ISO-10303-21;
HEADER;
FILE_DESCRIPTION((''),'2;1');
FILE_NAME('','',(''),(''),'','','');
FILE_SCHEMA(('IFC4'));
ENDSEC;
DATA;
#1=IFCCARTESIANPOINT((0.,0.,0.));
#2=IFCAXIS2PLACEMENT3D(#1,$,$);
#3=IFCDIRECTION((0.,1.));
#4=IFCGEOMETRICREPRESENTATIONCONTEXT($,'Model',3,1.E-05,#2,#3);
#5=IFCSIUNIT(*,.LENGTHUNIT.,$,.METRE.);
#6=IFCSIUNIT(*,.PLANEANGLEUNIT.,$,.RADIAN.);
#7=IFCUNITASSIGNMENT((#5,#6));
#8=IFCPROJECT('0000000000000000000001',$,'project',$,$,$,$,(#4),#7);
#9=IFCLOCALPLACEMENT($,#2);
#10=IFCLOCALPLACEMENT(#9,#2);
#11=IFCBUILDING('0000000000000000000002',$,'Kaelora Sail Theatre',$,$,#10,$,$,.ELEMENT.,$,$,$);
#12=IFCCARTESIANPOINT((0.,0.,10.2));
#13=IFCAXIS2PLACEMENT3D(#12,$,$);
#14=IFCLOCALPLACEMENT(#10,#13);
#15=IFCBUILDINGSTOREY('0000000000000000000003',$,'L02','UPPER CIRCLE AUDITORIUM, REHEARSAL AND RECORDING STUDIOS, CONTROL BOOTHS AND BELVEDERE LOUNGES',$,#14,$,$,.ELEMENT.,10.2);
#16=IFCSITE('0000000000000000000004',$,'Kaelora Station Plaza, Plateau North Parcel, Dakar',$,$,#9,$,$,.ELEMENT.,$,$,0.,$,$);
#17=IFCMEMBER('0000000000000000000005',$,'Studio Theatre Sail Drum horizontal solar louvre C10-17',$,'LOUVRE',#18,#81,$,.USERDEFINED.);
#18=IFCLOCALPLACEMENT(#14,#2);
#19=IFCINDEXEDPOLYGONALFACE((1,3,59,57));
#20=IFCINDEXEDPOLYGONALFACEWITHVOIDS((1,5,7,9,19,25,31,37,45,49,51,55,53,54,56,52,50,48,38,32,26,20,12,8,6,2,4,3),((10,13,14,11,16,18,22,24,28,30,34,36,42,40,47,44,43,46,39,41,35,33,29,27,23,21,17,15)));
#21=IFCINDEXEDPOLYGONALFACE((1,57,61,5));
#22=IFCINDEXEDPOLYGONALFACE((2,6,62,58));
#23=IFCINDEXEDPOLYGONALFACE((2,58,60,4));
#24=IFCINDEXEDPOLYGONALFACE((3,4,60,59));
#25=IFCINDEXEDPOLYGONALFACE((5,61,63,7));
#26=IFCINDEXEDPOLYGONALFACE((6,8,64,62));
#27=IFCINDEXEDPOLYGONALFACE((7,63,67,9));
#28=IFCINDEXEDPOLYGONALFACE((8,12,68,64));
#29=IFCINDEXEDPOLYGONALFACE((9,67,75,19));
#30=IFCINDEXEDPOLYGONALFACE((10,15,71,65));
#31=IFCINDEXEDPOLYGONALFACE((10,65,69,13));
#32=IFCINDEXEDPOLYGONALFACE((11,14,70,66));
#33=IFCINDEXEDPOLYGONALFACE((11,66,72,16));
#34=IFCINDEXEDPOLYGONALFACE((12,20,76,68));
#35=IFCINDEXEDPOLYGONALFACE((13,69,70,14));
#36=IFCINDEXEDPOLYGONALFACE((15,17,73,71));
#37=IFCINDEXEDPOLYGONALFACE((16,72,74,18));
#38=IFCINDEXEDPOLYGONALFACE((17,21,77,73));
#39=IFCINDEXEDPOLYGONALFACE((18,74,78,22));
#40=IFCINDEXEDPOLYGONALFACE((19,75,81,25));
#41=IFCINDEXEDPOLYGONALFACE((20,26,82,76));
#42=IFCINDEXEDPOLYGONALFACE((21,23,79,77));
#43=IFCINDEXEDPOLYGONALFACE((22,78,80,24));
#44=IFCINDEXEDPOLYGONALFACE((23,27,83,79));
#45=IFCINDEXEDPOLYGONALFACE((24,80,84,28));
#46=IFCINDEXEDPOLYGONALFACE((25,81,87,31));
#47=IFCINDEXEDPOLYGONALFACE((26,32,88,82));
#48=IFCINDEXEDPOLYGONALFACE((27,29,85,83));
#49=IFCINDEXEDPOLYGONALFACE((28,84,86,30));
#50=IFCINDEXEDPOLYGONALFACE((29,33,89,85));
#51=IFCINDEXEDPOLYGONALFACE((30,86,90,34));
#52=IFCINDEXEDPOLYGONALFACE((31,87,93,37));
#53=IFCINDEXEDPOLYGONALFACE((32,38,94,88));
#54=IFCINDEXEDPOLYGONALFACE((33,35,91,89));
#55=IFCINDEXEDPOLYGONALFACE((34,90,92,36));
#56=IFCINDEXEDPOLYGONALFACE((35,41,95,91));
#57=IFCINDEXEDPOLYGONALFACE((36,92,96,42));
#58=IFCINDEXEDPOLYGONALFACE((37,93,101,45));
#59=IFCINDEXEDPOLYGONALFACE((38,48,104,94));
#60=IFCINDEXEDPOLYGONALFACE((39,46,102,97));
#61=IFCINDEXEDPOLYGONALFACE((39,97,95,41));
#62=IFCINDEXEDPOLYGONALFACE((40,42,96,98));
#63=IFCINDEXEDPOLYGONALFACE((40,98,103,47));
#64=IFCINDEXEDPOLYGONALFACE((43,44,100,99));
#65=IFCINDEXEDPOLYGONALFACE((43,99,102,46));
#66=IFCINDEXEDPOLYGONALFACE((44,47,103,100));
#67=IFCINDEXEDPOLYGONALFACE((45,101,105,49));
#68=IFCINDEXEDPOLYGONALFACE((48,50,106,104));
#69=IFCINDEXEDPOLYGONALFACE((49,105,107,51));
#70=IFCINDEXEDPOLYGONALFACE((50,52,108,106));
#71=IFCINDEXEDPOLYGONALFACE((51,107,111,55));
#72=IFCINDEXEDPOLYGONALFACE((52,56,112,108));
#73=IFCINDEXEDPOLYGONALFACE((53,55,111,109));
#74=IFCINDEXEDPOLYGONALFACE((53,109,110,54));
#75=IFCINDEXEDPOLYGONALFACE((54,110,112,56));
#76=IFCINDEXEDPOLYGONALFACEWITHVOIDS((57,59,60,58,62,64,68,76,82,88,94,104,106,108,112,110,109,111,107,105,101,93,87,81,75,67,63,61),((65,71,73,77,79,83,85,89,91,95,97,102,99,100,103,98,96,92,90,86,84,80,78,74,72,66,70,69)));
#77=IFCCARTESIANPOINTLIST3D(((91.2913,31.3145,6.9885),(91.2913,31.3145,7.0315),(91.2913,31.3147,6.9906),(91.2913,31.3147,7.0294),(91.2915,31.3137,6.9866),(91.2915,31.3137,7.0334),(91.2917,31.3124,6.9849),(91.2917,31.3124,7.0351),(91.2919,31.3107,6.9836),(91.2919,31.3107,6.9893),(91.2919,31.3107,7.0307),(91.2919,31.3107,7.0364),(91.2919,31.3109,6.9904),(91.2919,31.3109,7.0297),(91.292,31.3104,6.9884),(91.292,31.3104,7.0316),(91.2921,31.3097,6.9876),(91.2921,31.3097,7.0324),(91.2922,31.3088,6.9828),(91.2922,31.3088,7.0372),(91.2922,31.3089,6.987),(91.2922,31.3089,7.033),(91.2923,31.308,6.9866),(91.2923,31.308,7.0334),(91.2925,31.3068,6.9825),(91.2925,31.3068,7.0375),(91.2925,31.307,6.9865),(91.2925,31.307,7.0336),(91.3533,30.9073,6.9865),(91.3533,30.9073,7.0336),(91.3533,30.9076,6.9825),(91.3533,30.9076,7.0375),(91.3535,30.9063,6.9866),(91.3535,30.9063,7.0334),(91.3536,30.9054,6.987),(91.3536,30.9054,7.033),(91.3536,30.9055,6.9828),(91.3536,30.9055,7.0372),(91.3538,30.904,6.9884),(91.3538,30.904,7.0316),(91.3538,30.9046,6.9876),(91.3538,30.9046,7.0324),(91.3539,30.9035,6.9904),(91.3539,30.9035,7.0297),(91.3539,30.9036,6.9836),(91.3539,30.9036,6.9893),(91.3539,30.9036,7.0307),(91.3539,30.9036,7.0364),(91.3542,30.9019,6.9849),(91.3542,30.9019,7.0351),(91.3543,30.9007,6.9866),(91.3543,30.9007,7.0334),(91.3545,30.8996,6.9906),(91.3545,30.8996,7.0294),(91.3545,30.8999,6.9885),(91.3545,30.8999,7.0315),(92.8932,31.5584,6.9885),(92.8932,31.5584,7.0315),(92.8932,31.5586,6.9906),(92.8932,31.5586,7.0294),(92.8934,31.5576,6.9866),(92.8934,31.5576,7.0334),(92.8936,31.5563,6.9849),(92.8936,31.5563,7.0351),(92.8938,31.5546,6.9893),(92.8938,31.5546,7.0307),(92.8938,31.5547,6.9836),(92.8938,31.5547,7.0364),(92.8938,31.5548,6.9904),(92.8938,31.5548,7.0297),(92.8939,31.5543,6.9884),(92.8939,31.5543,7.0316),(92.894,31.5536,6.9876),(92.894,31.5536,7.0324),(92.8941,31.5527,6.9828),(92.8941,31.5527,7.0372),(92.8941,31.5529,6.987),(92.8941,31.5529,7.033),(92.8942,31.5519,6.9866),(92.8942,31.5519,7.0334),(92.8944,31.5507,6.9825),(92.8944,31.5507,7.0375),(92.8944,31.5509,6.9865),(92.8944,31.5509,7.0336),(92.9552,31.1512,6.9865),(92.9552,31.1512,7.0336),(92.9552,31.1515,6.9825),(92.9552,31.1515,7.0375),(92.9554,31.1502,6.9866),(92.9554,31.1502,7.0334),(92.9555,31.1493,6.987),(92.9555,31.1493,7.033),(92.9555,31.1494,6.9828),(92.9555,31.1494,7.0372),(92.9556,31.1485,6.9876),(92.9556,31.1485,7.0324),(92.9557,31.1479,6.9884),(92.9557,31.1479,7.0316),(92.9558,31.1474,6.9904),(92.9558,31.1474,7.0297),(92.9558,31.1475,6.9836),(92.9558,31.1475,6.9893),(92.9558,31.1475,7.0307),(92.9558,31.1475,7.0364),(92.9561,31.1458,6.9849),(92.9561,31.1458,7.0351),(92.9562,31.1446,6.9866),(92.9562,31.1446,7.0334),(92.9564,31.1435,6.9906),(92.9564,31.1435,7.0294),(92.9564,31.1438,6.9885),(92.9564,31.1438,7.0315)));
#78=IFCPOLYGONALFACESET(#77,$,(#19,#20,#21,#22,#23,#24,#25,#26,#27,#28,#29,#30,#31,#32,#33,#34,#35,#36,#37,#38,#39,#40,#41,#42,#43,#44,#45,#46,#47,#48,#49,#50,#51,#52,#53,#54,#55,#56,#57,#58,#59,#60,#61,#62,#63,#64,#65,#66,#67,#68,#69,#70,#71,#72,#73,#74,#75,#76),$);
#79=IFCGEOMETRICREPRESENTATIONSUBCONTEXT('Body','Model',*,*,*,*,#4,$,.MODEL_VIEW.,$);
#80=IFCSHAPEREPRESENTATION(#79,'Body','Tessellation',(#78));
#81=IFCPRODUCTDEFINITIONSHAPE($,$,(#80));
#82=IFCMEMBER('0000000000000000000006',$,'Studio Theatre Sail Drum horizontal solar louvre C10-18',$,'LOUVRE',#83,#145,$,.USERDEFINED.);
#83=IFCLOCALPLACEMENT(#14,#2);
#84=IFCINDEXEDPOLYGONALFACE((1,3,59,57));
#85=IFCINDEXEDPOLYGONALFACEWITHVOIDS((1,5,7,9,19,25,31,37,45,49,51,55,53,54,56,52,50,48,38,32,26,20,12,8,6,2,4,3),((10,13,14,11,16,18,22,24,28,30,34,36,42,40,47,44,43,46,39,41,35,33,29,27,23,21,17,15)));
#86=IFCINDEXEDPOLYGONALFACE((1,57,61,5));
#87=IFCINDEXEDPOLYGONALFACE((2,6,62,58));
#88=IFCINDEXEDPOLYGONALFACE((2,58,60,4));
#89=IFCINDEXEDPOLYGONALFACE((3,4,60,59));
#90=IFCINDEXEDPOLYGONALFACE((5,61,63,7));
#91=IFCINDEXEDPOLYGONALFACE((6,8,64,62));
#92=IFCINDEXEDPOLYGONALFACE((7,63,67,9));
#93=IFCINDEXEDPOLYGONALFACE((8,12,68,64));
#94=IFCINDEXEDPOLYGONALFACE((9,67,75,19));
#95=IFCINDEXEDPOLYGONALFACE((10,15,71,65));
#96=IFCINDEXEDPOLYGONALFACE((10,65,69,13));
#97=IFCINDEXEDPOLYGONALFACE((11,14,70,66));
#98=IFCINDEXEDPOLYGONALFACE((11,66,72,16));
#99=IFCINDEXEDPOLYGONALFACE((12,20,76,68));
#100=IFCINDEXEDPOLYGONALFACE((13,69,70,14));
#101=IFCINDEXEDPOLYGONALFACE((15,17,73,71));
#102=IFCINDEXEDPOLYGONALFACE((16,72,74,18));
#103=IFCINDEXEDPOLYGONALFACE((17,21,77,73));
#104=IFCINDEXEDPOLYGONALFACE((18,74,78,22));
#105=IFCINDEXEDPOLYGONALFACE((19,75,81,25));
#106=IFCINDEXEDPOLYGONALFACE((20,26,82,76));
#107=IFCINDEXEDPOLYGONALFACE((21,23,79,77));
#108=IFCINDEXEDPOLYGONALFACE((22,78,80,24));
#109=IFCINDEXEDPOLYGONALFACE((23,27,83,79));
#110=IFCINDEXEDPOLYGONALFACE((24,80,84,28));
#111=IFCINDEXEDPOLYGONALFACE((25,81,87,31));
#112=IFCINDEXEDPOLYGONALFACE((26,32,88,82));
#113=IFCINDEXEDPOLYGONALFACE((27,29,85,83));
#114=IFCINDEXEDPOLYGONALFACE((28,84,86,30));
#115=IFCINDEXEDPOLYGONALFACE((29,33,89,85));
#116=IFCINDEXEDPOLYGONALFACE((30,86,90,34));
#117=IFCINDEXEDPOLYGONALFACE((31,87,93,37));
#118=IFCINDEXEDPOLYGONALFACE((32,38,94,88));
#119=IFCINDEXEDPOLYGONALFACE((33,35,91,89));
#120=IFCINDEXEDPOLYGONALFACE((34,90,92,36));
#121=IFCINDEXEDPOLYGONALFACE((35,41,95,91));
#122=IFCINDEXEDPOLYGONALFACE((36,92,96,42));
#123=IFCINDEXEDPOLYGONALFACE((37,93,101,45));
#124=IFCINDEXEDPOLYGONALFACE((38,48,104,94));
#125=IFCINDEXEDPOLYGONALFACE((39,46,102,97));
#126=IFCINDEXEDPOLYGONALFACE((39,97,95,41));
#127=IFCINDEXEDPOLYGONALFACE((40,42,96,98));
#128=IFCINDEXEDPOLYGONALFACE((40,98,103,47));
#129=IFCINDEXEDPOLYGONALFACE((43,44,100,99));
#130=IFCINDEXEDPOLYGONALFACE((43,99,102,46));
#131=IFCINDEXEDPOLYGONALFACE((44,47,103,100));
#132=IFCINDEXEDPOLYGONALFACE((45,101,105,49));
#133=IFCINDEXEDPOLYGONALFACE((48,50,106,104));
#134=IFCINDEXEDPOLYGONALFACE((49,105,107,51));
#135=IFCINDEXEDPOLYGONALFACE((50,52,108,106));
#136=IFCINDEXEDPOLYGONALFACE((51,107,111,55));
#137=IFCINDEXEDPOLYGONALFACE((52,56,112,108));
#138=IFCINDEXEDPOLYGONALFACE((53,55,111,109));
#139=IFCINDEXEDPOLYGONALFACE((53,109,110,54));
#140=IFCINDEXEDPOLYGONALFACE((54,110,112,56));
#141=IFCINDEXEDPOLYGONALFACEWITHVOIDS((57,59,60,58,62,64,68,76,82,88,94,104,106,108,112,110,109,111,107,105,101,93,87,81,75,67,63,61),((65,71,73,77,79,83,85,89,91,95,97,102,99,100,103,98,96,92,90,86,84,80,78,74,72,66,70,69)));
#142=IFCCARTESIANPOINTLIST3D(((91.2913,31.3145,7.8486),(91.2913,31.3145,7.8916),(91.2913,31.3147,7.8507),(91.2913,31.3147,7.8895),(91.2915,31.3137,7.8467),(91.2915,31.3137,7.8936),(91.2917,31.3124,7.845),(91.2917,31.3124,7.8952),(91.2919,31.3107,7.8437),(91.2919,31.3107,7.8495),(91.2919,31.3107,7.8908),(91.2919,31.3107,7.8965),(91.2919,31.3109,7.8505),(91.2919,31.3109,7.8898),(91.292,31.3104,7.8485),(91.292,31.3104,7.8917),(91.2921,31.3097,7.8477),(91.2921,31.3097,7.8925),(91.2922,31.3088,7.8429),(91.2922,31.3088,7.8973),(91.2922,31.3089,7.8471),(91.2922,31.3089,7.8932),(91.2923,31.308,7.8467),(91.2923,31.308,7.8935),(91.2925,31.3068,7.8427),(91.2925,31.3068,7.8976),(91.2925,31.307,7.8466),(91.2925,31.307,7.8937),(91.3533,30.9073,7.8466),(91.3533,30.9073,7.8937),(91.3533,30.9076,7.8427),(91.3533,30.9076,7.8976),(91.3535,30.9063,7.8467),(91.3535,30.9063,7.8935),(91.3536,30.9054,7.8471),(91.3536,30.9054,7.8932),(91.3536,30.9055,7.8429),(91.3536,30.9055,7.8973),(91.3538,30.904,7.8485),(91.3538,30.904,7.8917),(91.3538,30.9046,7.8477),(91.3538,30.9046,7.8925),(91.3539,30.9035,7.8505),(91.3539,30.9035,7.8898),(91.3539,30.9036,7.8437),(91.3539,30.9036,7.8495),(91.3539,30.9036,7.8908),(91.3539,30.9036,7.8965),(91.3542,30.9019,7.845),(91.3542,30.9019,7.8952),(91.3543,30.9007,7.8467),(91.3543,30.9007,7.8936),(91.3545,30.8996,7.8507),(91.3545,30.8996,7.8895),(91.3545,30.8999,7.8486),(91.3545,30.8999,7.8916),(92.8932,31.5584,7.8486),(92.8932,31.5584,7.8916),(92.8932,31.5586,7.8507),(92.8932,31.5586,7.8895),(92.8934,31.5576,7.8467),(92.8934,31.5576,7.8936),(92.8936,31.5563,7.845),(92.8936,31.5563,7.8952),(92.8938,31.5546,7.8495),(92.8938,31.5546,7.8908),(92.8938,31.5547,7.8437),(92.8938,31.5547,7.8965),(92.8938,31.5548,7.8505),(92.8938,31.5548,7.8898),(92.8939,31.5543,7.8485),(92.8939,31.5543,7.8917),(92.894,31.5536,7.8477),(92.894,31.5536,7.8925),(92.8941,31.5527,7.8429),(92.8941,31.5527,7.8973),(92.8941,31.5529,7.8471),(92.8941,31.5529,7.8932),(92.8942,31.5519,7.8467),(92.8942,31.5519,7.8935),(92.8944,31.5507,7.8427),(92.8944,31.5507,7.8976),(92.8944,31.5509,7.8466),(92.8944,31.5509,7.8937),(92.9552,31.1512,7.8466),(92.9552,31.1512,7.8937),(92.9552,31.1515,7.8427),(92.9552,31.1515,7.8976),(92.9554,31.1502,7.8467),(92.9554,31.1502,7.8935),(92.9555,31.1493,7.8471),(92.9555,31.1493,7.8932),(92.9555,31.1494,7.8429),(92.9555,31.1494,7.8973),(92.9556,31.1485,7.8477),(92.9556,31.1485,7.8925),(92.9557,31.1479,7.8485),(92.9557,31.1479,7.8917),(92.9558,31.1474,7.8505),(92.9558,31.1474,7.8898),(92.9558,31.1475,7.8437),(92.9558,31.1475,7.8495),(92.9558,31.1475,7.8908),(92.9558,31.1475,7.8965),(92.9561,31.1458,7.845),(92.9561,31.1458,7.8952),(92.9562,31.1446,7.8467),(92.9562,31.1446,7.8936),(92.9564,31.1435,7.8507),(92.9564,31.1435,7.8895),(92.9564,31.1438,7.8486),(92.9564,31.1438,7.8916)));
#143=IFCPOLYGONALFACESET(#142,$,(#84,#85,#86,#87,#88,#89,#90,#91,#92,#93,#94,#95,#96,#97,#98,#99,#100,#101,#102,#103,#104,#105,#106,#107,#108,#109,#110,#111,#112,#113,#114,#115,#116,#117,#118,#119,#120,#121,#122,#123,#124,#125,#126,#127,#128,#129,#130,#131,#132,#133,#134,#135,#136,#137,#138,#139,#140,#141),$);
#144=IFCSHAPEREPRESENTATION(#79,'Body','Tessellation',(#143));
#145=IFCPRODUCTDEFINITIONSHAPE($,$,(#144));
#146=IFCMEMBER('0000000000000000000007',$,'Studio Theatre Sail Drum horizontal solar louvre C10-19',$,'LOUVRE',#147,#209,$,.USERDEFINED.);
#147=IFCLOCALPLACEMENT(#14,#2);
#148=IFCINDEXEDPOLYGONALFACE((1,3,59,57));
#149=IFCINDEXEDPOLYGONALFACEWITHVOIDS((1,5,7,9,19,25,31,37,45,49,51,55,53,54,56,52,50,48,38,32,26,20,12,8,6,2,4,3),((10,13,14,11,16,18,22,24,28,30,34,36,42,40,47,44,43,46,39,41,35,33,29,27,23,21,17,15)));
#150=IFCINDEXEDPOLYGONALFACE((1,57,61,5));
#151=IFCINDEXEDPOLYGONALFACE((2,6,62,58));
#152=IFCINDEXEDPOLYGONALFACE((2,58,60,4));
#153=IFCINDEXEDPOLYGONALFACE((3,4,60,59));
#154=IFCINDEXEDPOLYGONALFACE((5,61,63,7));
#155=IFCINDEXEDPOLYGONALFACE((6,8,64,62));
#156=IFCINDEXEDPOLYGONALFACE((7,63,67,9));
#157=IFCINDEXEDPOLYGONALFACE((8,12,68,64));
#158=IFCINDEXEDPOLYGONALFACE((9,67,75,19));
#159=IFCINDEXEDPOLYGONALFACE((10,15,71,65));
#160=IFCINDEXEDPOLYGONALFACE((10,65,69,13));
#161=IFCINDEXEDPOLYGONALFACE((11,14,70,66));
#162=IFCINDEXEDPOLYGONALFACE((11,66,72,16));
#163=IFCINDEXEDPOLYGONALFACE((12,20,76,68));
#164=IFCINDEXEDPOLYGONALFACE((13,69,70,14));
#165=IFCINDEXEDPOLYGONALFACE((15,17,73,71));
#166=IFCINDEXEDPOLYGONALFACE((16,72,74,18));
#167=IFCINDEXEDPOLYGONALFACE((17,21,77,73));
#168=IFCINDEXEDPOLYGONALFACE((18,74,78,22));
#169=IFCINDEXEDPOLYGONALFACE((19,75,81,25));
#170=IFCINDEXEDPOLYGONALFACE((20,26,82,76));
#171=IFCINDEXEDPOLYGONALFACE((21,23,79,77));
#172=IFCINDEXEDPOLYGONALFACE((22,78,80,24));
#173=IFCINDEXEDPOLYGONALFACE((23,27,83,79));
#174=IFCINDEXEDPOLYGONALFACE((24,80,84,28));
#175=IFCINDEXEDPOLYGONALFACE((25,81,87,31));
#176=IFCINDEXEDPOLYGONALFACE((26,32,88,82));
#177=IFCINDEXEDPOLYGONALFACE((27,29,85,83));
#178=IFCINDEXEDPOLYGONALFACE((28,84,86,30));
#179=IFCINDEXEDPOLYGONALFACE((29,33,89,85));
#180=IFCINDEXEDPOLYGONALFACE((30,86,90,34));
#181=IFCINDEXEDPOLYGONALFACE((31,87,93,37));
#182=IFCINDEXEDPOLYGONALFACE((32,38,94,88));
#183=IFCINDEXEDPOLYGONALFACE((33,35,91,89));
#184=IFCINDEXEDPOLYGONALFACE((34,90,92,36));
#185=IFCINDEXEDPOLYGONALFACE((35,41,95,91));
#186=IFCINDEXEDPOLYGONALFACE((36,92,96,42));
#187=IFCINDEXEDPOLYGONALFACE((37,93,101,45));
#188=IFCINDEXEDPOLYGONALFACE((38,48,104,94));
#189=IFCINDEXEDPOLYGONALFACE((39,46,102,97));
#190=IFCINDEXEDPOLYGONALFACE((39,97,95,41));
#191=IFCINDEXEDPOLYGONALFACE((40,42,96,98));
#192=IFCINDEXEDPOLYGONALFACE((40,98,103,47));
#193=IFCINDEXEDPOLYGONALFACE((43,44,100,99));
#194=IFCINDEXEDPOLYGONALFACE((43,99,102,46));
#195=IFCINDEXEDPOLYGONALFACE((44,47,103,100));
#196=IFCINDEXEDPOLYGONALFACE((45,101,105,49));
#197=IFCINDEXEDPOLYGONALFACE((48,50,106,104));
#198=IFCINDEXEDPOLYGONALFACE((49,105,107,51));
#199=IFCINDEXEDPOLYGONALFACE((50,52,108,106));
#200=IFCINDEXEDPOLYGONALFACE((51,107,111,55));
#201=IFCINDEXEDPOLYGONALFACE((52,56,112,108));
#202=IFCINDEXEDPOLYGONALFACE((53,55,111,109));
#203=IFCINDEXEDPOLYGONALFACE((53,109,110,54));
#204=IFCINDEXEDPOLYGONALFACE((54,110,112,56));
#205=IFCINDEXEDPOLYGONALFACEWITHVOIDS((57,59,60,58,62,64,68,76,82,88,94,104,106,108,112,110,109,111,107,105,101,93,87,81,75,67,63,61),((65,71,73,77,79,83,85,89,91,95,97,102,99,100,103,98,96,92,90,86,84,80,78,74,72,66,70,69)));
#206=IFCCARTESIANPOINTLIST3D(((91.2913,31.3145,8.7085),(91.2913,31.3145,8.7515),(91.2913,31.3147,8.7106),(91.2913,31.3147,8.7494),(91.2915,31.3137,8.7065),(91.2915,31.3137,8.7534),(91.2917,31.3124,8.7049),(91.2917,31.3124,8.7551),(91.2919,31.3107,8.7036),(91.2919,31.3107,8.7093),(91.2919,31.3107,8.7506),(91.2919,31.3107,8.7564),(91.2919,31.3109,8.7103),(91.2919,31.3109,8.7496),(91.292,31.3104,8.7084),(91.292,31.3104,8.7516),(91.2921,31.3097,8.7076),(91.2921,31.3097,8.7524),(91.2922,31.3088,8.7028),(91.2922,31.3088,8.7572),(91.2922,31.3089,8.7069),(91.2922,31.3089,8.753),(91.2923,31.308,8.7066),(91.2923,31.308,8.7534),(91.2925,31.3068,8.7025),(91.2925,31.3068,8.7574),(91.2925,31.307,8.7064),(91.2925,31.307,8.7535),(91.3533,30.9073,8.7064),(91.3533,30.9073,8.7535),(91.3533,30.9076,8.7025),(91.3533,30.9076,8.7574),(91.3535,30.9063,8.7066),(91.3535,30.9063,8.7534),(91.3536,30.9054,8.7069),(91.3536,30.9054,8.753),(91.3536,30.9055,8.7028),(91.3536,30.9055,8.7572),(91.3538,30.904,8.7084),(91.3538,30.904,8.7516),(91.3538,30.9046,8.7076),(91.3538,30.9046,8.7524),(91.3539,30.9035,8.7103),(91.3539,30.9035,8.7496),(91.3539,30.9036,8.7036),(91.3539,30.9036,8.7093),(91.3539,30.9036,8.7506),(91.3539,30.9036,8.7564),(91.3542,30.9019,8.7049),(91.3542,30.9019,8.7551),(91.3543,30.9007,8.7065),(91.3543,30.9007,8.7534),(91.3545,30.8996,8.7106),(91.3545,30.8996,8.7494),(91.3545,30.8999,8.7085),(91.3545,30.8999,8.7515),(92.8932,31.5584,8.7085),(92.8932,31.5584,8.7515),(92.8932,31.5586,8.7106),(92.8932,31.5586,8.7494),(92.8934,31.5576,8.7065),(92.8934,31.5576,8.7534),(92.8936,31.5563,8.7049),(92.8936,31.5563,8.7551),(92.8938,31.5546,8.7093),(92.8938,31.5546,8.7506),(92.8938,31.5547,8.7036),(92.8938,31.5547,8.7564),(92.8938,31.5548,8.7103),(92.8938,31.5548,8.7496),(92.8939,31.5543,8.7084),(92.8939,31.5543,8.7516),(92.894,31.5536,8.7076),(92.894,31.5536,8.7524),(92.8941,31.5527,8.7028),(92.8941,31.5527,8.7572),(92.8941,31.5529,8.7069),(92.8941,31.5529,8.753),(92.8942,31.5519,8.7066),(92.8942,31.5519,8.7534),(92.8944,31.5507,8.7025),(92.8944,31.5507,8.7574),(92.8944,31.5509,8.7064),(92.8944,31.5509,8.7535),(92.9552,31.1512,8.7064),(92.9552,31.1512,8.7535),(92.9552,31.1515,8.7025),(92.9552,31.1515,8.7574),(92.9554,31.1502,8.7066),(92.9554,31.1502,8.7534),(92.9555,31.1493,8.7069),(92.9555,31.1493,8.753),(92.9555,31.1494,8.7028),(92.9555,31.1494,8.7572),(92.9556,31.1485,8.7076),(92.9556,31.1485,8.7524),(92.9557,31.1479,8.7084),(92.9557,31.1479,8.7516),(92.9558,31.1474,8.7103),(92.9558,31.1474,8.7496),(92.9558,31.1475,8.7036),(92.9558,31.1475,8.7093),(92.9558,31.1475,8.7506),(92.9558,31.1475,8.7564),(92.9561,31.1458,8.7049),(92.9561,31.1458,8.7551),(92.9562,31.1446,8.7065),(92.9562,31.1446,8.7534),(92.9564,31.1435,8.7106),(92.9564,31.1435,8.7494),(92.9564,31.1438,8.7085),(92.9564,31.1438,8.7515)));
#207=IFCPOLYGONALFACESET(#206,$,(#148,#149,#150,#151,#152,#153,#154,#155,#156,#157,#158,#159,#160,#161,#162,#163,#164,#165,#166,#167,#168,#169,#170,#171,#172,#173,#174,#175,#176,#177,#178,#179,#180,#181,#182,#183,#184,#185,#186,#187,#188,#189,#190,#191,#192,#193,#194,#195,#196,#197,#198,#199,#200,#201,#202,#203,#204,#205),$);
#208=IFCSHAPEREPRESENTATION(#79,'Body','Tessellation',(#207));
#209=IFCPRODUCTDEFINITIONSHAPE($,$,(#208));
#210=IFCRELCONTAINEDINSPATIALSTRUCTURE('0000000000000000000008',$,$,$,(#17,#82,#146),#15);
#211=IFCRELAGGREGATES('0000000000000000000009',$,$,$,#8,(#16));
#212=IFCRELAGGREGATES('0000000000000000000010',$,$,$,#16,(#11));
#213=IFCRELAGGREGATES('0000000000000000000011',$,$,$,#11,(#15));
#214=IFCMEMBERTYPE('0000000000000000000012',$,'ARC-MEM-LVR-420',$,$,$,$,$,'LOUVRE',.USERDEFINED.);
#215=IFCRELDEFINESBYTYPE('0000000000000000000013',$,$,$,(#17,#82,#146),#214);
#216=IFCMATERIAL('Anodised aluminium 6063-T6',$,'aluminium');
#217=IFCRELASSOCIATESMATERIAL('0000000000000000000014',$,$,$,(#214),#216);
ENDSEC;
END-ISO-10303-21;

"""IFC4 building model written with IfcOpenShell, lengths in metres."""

from ifc_helpers import new_model, si_unit, direction, frame, origin, origin_2d, place, context, subcontext, project, spatial, hollow_rectangle, extrude, material, material_profile, profile_set, type_object, element, save


model = new_model("IFC4")

# Units and contexts
model_context = context("Model", 3, precision=1e-05, world=origin(), true_north=direction((0.0, 1.0)))
body_context = subcontext(model_context, "Body", "Model", "MODEL_VIEW")
ifc_project = project(units=[si_unit("LENGTHUNIT", "METRE"), si_unit("PLANEANGLEUNIT", "RADIAN")], contexts=[model_context])

# Site, building, storey
site_placement = place(None, origin())
site = spatial("IfcSite", under=ifc_project, at=site_placement, Name="Kaelora Station Plaza, Plateau North Parcel, Dakar", CompositionType="ELEMENT", RefElevation=0.0)
building_placement = place(site_placement, origin())
building = spatial("IfcBuilding", under=site, at=building_placement, Name="Kaelora Sail Theatre", CompositionType="ELEMENT")
storey_placement = place(building_placement, frame((0.0, 0.0, 10.2)))
storey = spatial("IfcBuildingStorey", under=building, at=storey_placement, Name="L02", Description="UPPER CIRCLE AUDITORIUM, REHEARSAL AND RECORDING STUDIOS, CONTROL BOOTHS AND BELVEDERE LOUNGES", CompositionType="ELEMENT", Elevation=10.2)

# Members
ifc_material_1 = material(Name="Anodised aluminium 6063-T6", Category="aluminium")
ifc_material_profile_1 = material_profile(ifc_material_1, hollow_rectangle(XDim=0.4199, YDim=0.0549, WallThickness=0.0039, InnerFilletRadius=0.0039, OuterFilletRadius=0.0081, at=origin_2d()), Name="LOUVRE 420x55x4")
ifc_profile_set_1 = profile_set([ifc_material_profile_1], Name="Anodised aluminium 6063-T6")
member_type = type_object("IfcMemberType", Name="ARC-MEM-LVR-420", ElementType="LOUVRE", PredefinedType="USERDEFINED", material=ifc_profile_set_1)
for number, where, z_axis, x_axis, name in (
    (1, (92.9248, 31.3511, 7.01), (-0.988606, -0.150528, 0.0), (0.150528, -0.988606, 0.0), "Studio Theatre Sail Drum horizontal solar louvre C10-17"),
    (2, (92.9248, 31.3511, 7.8701), (-0.988606, -0.150528, 0.0), (0.150528, -0.988606, 0.0), "Studio Theatre Sail Drum horizontal solar louvre C10-18"),
    (3, (92.9248, 31.3511, 8.73), (-0.988606, -0.150528, 0.0), (0.150528, -0.988606, 0.0), "Studio Theatre Sail Drum horizontal solar louvre C10-19"),
):
    element("IfcMember", number, at=place(storey_placement, frame(where, z_axis=z_axis, x_axis=x_axis)), inside=storey, type_object=member_type, Name=name, ObjectType="LOUVRE", PredefinedType="USERDEFINED", context=body_context, shape_type="SweptSolid", body=[
        extrude(hollow_rectangle(XDim=0.4199, YDim=0.0549, WallThickness=0.0039, InnerFilletRadius=0.0039, OuterFilletRadius=0.0081, at=origin_2d()), origin(), (0.0, 0.0, 1.0), 1.6204),
    ])

save(model, "model.ifc")
